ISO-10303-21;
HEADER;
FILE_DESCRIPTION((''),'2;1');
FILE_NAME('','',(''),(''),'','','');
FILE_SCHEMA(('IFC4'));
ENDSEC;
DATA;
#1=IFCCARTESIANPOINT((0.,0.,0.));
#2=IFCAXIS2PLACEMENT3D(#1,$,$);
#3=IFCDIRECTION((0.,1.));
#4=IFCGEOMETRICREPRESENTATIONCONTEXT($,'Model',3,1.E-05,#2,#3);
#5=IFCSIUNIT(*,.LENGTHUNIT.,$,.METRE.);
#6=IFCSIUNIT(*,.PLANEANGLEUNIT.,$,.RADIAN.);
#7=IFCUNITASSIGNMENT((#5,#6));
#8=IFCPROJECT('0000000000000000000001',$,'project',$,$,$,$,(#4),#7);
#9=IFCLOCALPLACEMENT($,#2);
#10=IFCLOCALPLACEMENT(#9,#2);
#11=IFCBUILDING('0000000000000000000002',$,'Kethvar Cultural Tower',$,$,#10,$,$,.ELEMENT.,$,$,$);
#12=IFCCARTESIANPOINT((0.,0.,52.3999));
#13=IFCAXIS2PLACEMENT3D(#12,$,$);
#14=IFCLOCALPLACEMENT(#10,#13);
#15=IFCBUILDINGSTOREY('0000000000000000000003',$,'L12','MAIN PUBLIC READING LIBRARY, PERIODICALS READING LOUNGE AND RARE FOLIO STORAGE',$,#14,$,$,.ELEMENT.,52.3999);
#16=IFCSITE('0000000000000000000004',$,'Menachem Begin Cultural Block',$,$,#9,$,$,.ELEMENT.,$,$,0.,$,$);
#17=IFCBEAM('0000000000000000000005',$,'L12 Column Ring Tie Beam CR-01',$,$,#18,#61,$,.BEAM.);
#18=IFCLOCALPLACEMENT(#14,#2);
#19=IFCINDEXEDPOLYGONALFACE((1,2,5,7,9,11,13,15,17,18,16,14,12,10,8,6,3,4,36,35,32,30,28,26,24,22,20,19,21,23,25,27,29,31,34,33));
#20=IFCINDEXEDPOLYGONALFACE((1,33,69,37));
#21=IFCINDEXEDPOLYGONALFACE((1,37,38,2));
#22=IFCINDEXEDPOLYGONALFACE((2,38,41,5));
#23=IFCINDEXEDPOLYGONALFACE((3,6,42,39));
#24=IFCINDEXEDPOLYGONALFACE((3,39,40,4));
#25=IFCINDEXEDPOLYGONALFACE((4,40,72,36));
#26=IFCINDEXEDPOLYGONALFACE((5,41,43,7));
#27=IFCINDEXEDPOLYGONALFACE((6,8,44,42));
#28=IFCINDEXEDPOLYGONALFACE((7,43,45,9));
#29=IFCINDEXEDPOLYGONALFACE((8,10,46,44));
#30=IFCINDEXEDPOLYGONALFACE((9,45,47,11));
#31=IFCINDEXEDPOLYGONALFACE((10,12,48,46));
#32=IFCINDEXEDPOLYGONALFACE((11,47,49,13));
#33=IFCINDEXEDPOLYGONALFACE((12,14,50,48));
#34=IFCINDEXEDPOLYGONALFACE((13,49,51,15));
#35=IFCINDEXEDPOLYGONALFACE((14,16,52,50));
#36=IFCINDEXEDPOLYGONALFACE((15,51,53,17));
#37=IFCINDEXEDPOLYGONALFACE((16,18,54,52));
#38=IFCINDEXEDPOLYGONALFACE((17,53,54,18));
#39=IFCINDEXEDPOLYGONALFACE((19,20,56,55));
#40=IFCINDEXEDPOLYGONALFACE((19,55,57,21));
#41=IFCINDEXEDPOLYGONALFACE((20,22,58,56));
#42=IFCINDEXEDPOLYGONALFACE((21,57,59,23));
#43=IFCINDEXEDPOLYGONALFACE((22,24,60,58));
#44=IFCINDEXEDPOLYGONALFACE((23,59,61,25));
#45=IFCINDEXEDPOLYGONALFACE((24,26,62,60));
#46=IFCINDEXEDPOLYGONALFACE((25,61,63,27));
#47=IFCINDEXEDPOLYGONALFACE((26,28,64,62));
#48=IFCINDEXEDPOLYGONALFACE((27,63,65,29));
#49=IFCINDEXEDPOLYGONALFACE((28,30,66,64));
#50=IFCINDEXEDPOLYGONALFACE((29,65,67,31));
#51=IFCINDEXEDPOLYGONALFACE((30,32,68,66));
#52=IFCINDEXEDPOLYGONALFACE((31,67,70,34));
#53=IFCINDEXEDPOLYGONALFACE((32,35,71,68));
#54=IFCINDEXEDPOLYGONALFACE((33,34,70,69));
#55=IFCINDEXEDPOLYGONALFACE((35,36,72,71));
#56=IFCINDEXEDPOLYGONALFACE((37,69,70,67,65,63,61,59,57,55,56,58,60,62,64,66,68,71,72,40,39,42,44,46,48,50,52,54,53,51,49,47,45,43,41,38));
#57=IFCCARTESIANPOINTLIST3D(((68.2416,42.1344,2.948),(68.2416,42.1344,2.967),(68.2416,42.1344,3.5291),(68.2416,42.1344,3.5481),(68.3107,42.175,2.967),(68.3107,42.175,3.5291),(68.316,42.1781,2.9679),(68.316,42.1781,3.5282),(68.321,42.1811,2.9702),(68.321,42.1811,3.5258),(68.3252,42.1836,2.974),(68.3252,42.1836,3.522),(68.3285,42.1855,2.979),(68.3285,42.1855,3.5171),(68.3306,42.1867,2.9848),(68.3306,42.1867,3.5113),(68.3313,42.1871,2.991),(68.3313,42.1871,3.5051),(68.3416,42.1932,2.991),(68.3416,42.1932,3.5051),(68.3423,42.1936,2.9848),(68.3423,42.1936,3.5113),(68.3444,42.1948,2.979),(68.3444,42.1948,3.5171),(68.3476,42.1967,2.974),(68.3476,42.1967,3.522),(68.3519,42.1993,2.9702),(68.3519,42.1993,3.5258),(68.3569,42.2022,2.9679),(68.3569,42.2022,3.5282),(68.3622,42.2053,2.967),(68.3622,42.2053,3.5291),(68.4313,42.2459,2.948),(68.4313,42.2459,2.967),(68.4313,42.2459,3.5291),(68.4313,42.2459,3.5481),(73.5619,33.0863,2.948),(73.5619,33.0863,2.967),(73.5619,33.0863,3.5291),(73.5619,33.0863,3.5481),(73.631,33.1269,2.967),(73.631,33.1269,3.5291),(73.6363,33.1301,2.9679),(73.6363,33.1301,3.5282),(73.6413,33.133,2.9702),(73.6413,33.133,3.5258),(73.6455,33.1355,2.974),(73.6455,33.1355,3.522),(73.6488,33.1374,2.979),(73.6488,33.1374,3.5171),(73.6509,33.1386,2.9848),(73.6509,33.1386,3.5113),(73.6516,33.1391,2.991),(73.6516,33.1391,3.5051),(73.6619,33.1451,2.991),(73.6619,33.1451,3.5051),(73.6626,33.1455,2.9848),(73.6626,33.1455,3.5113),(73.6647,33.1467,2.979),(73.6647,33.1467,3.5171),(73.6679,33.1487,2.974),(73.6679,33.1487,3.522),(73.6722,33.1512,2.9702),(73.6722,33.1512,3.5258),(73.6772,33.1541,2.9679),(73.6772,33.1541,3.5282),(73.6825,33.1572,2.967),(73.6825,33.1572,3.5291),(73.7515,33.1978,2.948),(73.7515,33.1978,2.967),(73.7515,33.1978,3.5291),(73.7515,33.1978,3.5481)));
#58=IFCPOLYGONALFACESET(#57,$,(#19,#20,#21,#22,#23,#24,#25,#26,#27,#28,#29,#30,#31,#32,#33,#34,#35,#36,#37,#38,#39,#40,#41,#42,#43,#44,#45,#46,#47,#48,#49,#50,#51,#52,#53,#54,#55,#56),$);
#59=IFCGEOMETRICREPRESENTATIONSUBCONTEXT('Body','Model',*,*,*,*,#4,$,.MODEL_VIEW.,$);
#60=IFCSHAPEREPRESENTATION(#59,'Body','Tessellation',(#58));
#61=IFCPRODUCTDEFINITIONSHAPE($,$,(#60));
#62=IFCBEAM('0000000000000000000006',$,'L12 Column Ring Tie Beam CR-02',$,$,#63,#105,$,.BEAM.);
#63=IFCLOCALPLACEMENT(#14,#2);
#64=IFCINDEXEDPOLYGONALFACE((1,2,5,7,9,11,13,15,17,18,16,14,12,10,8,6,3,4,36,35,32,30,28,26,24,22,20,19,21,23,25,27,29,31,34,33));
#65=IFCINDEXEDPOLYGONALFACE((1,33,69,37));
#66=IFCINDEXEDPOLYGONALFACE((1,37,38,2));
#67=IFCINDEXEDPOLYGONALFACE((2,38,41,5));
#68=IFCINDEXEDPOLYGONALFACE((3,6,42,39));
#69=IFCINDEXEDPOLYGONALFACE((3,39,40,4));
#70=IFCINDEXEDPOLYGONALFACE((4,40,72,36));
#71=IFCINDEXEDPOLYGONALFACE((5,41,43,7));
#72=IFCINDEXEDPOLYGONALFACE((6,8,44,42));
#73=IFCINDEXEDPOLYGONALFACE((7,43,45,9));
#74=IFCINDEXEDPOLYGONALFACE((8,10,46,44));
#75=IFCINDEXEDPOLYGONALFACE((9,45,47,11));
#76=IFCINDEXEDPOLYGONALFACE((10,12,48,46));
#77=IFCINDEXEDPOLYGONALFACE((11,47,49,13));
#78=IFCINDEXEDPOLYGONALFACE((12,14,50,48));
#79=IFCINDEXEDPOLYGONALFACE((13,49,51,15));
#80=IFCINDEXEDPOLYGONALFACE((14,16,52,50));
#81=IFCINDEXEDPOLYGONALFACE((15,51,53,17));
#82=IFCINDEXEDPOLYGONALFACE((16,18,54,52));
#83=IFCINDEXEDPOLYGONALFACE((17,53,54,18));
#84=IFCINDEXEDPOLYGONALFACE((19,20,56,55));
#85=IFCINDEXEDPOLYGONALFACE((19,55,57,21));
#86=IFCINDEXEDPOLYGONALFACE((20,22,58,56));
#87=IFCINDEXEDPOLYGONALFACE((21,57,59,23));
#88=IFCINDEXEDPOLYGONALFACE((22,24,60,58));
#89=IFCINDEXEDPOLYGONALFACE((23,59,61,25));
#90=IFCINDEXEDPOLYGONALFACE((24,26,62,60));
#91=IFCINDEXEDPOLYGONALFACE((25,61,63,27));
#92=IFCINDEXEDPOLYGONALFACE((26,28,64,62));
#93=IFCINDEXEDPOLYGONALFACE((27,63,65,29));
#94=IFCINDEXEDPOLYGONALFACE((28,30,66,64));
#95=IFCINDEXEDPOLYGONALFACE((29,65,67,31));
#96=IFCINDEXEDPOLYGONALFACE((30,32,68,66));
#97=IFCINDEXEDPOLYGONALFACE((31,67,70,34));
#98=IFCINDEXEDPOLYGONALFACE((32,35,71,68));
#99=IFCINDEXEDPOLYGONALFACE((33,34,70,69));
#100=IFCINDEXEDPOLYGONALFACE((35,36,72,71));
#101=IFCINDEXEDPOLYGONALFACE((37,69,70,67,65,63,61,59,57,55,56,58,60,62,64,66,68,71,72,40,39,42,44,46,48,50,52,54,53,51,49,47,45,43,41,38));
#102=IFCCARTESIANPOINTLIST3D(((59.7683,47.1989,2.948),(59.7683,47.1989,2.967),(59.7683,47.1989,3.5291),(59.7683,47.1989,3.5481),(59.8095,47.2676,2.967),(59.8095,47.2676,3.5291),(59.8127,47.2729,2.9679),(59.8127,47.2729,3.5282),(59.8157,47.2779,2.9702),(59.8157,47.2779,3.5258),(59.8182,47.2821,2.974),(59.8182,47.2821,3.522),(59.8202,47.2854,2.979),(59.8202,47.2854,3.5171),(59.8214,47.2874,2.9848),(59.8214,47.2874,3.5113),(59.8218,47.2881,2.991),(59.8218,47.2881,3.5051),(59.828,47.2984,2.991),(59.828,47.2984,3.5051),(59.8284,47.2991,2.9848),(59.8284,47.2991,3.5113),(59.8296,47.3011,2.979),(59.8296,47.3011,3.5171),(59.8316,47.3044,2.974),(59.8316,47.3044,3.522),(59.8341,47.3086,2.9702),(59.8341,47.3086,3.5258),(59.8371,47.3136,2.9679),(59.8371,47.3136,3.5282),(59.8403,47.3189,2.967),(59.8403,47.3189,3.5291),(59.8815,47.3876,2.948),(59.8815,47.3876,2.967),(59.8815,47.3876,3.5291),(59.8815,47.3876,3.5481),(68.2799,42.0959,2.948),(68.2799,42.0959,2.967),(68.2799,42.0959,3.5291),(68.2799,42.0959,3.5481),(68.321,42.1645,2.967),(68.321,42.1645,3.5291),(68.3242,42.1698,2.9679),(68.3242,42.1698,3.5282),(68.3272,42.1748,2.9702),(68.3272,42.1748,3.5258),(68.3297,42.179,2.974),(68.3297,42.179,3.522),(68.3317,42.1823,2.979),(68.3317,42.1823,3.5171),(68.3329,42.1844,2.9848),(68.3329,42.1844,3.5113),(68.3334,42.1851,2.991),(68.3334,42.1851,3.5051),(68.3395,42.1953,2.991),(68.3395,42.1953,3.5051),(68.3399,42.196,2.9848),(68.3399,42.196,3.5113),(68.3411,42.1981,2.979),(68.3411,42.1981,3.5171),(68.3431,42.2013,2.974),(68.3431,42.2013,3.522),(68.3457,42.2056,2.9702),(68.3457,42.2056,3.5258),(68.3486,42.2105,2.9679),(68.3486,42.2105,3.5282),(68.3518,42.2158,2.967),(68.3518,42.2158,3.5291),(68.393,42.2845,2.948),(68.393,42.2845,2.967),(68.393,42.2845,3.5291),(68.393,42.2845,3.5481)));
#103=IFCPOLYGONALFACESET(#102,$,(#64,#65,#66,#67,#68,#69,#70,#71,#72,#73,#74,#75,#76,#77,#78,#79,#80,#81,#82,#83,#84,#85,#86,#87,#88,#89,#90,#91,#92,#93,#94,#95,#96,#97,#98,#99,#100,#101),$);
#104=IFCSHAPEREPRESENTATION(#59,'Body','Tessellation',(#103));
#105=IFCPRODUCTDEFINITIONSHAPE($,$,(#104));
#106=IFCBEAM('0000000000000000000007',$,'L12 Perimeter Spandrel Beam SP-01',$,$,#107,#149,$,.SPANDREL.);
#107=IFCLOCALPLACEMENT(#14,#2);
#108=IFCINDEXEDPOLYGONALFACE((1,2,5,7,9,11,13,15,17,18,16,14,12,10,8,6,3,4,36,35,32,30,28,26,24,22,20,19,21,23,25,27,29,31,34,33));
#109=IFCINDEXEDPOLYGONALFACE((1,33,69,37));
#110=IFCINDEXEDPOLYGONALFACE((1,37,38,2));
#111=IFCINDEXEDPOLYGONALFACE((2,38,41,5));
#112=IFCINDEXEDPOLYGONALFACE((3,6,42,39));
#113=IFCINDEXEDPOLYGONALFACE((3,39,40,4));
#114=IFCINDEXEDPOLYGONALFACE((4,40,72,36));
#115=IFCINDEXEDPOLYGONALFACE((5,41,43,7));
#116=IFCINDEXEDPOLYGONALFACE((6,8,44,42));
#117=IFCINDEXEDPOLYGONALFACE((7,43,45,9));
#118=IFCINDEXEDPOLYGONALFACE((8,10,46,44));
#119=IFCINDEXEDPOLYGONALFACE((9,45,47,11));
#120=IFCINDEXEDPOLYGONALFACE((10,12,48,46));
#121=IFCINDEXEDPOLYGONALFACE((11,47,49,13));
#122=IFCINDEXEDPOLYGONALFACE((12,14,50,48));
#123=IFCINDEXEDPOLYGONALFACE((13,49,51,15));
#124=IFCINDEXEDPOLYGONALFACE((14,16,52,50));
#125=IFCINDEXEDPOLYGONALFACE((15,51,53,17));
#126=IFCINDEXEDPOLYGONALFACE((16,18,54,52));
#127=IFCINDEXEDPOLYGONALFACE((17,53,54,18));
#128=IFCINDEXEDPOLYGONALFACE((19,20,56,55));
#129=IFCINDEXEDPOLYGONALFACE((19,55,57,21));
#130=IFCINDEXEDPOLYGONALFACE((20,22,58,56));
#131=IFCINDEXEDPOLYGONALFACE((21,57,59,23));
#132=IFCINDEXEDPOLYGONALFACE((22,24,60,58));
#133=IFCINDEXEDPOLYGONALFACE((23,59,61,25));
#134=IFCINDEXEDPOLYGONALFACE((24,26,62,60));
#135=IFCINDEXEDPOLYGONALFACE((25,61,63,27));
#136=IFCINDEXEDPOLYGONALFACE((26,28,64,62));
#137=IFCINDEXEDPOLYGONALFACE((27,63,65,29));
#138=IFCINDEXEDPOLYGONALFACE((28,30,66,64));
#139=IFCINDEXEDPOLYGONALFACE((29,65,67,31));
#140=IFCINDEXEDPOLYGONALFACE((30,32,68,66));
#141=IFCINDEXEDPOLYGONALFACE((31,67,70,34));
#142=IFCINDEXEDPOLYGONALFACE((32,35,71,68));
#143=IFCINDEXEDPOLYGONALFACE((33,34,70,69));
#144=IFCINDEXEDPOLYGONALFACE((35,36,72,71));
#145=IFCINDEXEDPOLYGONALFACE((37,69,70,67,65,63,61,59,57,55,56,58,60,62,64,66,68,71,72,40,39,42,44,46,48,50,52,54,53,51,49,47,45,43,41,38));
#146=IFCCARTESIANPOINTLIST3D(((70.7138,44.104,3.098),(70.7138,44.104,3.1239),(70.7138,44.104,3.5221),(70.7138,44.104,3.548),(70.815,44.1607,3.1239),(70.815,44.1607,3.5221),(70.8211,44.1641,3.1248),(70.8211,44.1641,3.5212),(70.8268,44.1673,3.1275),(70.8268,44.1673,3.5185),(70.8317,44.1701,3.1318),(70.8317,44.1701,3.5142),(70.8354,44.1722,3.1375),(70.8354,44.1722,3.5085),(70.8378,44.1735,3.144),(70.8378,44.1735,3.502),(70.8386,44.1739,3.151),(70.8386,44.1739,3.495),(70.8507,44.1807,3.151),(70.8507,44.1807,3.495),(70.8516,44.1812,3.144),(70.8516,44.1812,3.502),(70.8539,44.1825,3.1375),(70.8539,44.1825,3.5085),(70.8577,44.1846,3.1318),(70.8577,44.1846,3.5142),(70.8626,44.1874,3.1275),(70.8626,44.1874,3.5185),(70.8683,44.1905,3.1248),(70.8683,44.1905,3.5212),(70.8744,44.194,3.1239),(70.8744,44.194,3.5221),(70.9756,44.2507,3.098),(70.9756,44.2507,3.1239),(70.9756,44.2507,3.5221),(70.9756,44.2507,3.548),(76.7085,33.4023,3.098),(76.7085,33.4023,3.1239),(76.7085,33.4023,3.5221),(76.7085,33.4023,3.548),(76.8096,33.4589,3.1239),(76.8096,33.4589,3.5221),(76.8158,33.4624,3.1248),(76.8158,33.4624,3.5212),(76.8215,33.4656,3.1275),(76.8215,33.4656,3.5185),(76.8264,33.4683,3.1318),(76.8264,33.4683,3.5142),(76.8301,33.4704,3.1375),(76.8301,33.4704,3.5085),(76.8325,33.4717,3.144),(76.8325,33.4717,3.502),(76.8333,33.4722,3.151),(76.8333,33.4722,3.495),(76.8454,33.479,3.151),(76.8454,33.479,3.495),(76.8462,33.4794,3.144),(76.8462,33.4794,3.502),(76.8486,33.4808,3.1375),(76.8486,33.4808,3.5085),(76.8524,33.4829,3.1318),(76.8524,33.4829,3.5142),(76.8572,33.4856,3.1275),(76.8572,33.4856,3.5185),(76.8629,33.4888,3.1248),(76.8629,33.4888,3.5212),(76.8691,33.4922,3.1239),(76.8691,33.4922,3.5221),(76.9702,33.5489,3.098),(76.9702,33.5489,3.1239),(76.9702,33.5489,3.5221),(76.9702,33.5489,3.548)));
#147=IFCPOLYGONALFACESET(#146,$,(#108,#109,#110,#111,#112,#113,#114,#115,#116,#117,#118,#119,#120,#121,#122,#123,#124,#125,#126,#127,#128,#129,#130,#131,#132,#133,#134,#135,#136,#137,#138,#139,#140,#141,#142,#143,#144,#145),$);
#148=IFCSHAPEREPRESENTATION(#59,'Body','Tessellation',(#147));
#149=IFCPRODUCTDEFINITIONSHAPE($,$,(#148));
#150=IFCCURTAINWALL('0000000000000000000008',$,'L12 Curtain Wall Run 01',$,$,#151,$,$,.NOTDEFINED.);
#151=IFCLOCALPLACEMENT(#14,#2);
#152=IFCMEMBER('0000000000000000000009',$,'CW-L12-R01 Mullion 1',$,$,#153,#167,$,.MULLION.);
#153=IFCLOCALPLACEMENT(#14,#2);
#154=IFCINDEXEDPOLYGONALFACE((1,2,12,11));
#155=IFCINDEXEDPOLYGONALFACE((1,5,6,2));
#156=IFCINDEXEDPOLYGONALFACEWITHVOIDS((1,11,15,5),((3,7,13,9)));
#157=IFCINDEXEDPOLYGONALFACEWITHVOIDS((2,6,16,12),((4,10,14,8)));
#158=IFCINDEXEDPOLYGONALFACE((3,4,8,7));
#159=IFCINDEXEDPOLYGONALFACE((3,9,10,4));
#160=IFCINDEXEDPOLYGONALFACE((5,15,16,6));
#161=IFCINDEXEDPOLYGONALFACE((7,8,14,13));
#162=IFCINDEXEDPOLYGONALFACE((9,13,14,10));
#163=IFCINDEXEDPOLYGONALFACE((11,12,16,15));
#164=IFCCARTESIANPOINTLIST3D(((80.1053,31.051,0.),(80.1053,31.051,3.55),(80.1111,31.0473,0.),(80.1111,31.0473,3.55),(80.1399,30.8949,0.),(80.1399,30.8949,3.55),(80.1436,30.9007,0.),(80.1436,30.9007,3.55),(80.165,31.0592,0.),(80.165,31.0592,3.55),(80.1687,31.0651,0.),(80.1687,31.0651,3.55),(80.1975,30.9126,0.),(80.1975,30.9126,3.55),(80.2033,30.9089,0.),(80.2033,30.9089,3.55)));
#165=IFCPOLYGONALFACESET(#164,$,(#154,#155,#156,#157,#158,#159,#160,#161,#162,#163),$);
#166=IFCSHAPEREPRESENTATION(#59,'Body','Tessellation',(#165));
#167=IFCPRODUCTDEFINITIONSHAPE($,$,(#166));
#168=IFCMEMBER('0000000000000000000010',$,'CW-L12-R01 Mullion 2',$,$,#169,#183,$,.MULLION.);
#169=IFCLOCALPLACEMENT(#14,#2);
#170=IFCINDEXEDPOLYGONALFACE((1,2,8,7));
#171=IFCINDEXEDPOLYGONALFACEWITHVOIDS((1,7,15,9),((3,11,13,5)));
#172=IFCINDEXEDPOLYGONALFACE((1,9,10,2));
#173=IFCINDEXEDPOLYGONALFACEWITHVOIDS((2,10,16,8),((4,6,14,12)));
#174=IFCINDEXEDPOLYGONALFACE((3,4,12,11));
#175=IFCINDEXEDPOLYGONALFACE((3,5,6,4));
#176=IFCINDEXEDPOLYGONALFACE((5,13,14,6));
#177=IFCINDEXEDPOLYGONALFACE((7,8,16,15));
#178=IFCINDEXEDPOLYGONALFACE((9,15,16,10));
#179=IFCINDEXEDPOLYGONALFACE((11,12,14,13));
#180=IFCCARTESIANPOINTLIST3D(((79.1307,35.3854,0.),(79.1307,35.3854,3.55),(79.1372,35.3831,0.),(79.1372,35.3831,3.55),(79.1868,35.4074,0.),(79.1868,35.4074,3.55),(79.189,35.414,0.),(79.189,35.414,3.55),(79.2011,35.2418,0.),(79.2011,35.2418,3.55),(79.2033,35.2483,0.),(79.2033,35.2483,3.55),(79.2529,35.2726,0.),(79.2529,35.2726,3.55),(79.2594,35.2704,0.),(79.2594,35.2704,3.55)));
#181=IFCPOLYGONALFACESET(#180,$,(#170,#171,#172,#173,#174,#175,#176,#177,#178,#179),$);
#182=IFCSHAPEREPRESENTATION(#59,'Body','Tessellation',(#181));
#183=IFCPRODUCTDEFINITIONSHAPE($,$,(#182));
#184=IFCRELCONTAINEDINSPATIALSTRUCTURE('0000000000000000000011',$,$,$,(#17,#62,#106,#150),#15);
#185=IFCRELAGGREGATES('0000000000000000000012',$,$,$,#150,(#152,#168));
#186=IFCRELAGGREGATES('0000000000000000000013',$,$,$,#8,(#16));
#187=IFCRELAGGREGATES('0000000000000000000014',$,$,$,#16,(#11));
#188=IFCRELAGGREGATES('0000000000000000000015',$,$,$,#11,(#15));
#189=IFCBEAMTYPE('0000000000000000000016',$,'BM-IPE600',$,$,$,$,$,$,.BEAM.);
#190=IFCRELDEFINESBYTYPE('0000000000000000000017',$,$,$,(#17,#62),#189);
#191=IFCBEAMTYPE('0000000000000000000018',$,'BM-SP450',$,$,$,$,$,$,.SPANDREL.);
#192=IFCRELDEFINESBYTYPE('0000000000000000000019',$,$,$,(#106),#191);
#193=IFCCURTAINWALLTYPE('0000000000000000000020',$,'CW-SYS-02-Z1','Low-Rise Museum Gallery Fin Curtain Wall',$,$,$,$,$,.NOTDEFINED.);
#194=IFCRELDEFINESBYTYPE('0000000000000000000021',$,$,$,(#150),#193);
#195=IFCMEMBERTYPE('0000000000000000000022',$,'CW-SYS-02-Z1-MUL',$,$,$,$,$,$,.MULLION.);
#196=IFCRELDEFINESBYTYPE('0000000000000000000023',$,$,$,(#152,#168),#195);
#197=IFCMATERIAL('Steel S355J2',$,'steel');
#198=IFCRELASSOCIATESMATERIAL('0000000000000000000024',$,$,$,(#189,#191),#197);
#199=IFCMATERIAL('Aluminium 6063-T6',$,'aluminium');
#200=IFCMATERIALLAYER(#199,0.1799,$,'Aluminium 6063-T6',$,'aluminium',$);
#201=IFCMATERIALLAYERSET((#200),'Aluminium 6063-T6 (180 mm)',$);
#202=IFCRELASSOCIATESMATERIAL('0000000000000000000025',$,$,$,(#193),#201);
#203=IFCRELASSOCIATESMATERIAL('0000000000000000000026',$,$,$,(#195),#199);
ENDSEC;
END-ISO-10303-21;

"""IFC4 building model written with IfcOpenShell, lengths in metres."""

from ifc_helpers import new_model, si_unit, direction, frame, origin, origin_2d, place, context, subcontext, project, spatial, hollow_rectangle, i_section, extrude, source, transform, mapped, material, layer, layer_set, material_profile, profile_set, type_object, element, aggregate, save


model = new_model("IFC4")

# Units and contexts
model_context = context("Model", 3, precision=1e-05, world=origin(), true_north=direction((0.0, 1.0)))
body_context = subcontext(model_context, "Body", "Model", "MODEL_VIEW")
ifc_project = project(units=[si_unit("LENGTHUNIT", "METRE"), si_unit("PLANEANGLEUNIT", "RADIAN")], contexts=[model_context])

# Site, building, storey
site_placement = place(None, origin())
site = spatial("IfcSite", under=ifc_project, at=site_placement, Name="Menachem Begin Cultural Block", CompositionType="ELEMENT", RefElevation=0.0)
building_placement = place(site_placement, origin())
building = spatial("IfcBuilding", under=site, at=building_placement, Name="Kethvar Cultural Tower", CompositionType="ELEMENT")
storey_placement = place(building_placement, frame((0.0, 0.0, 52.3999)))
storey = spatial("IfcBuildingStorey", under=building, at=storey_placement, Name="L12", Description="MAIN PUBLIC READING LIBRARY, PERIODICALS READING LOUNGE AND RARE FOLIO STORAGE", CompositionType="ELEMENT", Elevation=52.3999)

# Beams
ifc_material_1 = material(Name="Steel S355J2", Category="steel")
ifc_material_profile_1 = material_profile(ifc_material_1, i_section(OverallWidth=0.22, OverallDepth=0.6001, WebThickness=0.012, FlangeThickness=0.019, FilletRadius=0.0239, at=origin_2d()), Name="Steel S355J2 — IPE600")
ifc_profile_set_1 = profile_set([ifc_material_profile_1], Name="Steel S355J2 — IPE600")
beam_type_1 = type_object("IfcBeamType", Name="BM-IPE600", PredefinedType="BEAM", material=ifc_profile_set_1)
shared_shape_1 = source(origin(), body_context, "Body", "SweptSolid", [
    extrude(i_section(OverallWidth=0.22, OverallDepth=0.6001, WebThickness=0.012, FlangeThickness=0.019, FilletRadius=0.0239, at=origin_2d()), origin(), (0.0, 0.0, 1.0), 10.4963),
])
beam_1_placement = place(storey_placement, frame((73.6567, 33.1421, 3.248), z_axis=(-0.506872, 0.862022, 0.0), x_axis=(-0.862022, -0.506872, 0.0)))
element("IfcBeam", 1, at=beam_1_placement, inside=storey, type_object=beam_type_1, Name="L12 Column Ring Tie Beam CR-01", PredefinedType="BEAM", context=body_context, shape_type="MappedRepresentation", body=[
    mapped(shared_shape_1, transform((0.0, 0.0, 0.0), scale=1.0)),
])
shared_shape_2 = source(origin(), body_context, "Body", "SweptSolid", [
    extrude(i_section(OverallWidth=0.22, OverallDepth=0.6001, WebThickness=0.012, FlangeThickness=0.019, FilletRadius=0.0239, at=origin_2d()), origin(), (0.0, 0.0, 1.0), 9.9241),
])
beam_2_placement = place(storey_placement, frame((68.3364, 42.1902, 3.248), z_axis=(-0.857664, 0.51421, 0.0), x_axis=(-0.51421, -0.857664, 0.0)))
element("IfcBeam", 2, at=beam_2_placement, inside=storey, type_object=beam_type_1, Name="L12 Column Ring Tie Beam CR-02", PredefinedType="BEAM", context=body_context, shape_type="MappedRepresentation", body=[
    mapped(shared_shape_2, transform((0.0, 0.0, 0.0), scale=1.0)),
])
ifc_material_profile_2 = material_profile(ifc_material_1, i_section(OverallWidth=0.3, OverallDepth=0.45, WebThickness=0.0139, FlangeThickness=0.0259, FilletRadius=0.0271, at=origin_2d()), Name="Steel S355J2 — HEB450")
ifc_profile_set_2 = profile_set([ifc_material_profile_2], Name="Steel S355J2 — HEB450")
beam_type_2 = type_object("IfcBeamType", Name="BM-SP450", PredefinedType="SPANDREL", material=ifc_profile_set_2)
shared_shape_3 = source(origin(), body_context, "Body", "SweptSolid", [
    extrude(i_section(OverallWidth=0.3, OverallDepth=0.45, WebThickness=0.0139, FlangeThickness=0.0259, FilletRadius=0.0271, at=origin_2d()), origin(), (0.0, 0.0, 1.0), 12.2664),
])
beam_3_placement = place(storey_placement, frame((76.8394, 33.4756, 3.323), z_axis=(-0.488709, 0.872447, 0.0), x_axis=(-0.872447, -0.488709, 0.0)))
element("IfcBeam", 3, at=beam_3_placement, inside=storey, type_object=beam_type_2, Name="L12 Perimeter Spandrel Beam SP-01", PredefinedType="SPANDREL", context=body_context, shape_type="MappedRepresentation", body=[
    mapped(shared_shape_3, transform((0.0, 0.0, 0.0), scale=1.0)),
])

# Curtain wall, members
ifc_material_2 = material(Name="Aluminium 6063-T6", Category="aluminium")
ifc_layer_1 = layer(ifc_material_2, 0.1799, Name="Aluminium 6063-T6", Category="aluminium")
ifc_layer_set_1 = layer_set([ifc_layer_1], Name="Aluminium 6063-T6 (180 mm)")
curtain_wall_type = type_object("IfcCurtainWallType", Name="CW-SYS-02-Z1", Description="Low-Rise Museum Gallery Fin Curtain Wall", PredefinedType="NOTDEFINED", material=ifc_layer_set_1)
curtain_wall_1_placement = place(storey_placement, origin())
curtain_wall_1 = element("IfcCurtainWall", 4, at=curtain_wall_1_placement, inside=storey, type_object=curtain_wall_type, Name="L12 Curtain Wall Run 01", PredefinedType="NOTDEFINED")
ifc_material_profile_3 = material_profile(ifc_material_2, hollow_rectangle(XDim=0.0649, YDim=0.1599, WallThickness=0.0049, at=origin_2d()), Name="Aluminium 6063-T6 — RHS160x65x5")
ifc_profile_set_3 = profile_set([ifc_material_profile_3], Name="Aluminium 6063-T6 — RHS160x65x5")
member_type_1 = type_object("IfcMemberType", Name="CW-SYS-02-Z1-MUL", PredefinedType="MULLION", material=ifc_profile_set_3)
shared_shape_4 = source(origin(), body_context, "Body", "SweptSolid", [
    extrude(hollow_rectangle(XDim=0.0649, YDim=0.1599, WallThickness=0.0049, at=origin_2d()), origin(), (0.0, 0.0, 1.0), 3.55),
])
member_1_placement = place(storey_placement, frame((80.1543, 30.98, 0.0), z_axis=(0.0, 0.0, 1.0), x_axis=(-0.976353, -0.216184, 0.0)))
member_1 = element("IfcMember", 5, at=member_1_placement, type_object=member_type_1, Name="CW-L12-R01 Mullion 1", PredefinedType="MULLION", context=body_context, shape_type="MappedRepresentation", body=[
    mapped(shared_shape_4, transform((0.0, 0.0, 0.0), scale=1.0)),
])
member_2_placement = place(storey_placement, frame((79.1951, 35.3279, 0.0), z_axis=(0.0, 0.0, 1.0), x_axis=(-0.897889, -0.440221, 0.0)))
member_2 = element("IfcMember", 6, at=member_2_placement, type_object=member_type_1, Name="CW-L12-R01 Mullion 2", PredefinedType="MULLION", context=body_context, shape_type="MappedRepresentation", body=[
    mapped(shared_shape_4, transform((0.0, 0.0, 0.0), scale=1.0)),
])

aggregate(curtain_wall_1, [member_1, member_2])

save(model, "model.ifc")
